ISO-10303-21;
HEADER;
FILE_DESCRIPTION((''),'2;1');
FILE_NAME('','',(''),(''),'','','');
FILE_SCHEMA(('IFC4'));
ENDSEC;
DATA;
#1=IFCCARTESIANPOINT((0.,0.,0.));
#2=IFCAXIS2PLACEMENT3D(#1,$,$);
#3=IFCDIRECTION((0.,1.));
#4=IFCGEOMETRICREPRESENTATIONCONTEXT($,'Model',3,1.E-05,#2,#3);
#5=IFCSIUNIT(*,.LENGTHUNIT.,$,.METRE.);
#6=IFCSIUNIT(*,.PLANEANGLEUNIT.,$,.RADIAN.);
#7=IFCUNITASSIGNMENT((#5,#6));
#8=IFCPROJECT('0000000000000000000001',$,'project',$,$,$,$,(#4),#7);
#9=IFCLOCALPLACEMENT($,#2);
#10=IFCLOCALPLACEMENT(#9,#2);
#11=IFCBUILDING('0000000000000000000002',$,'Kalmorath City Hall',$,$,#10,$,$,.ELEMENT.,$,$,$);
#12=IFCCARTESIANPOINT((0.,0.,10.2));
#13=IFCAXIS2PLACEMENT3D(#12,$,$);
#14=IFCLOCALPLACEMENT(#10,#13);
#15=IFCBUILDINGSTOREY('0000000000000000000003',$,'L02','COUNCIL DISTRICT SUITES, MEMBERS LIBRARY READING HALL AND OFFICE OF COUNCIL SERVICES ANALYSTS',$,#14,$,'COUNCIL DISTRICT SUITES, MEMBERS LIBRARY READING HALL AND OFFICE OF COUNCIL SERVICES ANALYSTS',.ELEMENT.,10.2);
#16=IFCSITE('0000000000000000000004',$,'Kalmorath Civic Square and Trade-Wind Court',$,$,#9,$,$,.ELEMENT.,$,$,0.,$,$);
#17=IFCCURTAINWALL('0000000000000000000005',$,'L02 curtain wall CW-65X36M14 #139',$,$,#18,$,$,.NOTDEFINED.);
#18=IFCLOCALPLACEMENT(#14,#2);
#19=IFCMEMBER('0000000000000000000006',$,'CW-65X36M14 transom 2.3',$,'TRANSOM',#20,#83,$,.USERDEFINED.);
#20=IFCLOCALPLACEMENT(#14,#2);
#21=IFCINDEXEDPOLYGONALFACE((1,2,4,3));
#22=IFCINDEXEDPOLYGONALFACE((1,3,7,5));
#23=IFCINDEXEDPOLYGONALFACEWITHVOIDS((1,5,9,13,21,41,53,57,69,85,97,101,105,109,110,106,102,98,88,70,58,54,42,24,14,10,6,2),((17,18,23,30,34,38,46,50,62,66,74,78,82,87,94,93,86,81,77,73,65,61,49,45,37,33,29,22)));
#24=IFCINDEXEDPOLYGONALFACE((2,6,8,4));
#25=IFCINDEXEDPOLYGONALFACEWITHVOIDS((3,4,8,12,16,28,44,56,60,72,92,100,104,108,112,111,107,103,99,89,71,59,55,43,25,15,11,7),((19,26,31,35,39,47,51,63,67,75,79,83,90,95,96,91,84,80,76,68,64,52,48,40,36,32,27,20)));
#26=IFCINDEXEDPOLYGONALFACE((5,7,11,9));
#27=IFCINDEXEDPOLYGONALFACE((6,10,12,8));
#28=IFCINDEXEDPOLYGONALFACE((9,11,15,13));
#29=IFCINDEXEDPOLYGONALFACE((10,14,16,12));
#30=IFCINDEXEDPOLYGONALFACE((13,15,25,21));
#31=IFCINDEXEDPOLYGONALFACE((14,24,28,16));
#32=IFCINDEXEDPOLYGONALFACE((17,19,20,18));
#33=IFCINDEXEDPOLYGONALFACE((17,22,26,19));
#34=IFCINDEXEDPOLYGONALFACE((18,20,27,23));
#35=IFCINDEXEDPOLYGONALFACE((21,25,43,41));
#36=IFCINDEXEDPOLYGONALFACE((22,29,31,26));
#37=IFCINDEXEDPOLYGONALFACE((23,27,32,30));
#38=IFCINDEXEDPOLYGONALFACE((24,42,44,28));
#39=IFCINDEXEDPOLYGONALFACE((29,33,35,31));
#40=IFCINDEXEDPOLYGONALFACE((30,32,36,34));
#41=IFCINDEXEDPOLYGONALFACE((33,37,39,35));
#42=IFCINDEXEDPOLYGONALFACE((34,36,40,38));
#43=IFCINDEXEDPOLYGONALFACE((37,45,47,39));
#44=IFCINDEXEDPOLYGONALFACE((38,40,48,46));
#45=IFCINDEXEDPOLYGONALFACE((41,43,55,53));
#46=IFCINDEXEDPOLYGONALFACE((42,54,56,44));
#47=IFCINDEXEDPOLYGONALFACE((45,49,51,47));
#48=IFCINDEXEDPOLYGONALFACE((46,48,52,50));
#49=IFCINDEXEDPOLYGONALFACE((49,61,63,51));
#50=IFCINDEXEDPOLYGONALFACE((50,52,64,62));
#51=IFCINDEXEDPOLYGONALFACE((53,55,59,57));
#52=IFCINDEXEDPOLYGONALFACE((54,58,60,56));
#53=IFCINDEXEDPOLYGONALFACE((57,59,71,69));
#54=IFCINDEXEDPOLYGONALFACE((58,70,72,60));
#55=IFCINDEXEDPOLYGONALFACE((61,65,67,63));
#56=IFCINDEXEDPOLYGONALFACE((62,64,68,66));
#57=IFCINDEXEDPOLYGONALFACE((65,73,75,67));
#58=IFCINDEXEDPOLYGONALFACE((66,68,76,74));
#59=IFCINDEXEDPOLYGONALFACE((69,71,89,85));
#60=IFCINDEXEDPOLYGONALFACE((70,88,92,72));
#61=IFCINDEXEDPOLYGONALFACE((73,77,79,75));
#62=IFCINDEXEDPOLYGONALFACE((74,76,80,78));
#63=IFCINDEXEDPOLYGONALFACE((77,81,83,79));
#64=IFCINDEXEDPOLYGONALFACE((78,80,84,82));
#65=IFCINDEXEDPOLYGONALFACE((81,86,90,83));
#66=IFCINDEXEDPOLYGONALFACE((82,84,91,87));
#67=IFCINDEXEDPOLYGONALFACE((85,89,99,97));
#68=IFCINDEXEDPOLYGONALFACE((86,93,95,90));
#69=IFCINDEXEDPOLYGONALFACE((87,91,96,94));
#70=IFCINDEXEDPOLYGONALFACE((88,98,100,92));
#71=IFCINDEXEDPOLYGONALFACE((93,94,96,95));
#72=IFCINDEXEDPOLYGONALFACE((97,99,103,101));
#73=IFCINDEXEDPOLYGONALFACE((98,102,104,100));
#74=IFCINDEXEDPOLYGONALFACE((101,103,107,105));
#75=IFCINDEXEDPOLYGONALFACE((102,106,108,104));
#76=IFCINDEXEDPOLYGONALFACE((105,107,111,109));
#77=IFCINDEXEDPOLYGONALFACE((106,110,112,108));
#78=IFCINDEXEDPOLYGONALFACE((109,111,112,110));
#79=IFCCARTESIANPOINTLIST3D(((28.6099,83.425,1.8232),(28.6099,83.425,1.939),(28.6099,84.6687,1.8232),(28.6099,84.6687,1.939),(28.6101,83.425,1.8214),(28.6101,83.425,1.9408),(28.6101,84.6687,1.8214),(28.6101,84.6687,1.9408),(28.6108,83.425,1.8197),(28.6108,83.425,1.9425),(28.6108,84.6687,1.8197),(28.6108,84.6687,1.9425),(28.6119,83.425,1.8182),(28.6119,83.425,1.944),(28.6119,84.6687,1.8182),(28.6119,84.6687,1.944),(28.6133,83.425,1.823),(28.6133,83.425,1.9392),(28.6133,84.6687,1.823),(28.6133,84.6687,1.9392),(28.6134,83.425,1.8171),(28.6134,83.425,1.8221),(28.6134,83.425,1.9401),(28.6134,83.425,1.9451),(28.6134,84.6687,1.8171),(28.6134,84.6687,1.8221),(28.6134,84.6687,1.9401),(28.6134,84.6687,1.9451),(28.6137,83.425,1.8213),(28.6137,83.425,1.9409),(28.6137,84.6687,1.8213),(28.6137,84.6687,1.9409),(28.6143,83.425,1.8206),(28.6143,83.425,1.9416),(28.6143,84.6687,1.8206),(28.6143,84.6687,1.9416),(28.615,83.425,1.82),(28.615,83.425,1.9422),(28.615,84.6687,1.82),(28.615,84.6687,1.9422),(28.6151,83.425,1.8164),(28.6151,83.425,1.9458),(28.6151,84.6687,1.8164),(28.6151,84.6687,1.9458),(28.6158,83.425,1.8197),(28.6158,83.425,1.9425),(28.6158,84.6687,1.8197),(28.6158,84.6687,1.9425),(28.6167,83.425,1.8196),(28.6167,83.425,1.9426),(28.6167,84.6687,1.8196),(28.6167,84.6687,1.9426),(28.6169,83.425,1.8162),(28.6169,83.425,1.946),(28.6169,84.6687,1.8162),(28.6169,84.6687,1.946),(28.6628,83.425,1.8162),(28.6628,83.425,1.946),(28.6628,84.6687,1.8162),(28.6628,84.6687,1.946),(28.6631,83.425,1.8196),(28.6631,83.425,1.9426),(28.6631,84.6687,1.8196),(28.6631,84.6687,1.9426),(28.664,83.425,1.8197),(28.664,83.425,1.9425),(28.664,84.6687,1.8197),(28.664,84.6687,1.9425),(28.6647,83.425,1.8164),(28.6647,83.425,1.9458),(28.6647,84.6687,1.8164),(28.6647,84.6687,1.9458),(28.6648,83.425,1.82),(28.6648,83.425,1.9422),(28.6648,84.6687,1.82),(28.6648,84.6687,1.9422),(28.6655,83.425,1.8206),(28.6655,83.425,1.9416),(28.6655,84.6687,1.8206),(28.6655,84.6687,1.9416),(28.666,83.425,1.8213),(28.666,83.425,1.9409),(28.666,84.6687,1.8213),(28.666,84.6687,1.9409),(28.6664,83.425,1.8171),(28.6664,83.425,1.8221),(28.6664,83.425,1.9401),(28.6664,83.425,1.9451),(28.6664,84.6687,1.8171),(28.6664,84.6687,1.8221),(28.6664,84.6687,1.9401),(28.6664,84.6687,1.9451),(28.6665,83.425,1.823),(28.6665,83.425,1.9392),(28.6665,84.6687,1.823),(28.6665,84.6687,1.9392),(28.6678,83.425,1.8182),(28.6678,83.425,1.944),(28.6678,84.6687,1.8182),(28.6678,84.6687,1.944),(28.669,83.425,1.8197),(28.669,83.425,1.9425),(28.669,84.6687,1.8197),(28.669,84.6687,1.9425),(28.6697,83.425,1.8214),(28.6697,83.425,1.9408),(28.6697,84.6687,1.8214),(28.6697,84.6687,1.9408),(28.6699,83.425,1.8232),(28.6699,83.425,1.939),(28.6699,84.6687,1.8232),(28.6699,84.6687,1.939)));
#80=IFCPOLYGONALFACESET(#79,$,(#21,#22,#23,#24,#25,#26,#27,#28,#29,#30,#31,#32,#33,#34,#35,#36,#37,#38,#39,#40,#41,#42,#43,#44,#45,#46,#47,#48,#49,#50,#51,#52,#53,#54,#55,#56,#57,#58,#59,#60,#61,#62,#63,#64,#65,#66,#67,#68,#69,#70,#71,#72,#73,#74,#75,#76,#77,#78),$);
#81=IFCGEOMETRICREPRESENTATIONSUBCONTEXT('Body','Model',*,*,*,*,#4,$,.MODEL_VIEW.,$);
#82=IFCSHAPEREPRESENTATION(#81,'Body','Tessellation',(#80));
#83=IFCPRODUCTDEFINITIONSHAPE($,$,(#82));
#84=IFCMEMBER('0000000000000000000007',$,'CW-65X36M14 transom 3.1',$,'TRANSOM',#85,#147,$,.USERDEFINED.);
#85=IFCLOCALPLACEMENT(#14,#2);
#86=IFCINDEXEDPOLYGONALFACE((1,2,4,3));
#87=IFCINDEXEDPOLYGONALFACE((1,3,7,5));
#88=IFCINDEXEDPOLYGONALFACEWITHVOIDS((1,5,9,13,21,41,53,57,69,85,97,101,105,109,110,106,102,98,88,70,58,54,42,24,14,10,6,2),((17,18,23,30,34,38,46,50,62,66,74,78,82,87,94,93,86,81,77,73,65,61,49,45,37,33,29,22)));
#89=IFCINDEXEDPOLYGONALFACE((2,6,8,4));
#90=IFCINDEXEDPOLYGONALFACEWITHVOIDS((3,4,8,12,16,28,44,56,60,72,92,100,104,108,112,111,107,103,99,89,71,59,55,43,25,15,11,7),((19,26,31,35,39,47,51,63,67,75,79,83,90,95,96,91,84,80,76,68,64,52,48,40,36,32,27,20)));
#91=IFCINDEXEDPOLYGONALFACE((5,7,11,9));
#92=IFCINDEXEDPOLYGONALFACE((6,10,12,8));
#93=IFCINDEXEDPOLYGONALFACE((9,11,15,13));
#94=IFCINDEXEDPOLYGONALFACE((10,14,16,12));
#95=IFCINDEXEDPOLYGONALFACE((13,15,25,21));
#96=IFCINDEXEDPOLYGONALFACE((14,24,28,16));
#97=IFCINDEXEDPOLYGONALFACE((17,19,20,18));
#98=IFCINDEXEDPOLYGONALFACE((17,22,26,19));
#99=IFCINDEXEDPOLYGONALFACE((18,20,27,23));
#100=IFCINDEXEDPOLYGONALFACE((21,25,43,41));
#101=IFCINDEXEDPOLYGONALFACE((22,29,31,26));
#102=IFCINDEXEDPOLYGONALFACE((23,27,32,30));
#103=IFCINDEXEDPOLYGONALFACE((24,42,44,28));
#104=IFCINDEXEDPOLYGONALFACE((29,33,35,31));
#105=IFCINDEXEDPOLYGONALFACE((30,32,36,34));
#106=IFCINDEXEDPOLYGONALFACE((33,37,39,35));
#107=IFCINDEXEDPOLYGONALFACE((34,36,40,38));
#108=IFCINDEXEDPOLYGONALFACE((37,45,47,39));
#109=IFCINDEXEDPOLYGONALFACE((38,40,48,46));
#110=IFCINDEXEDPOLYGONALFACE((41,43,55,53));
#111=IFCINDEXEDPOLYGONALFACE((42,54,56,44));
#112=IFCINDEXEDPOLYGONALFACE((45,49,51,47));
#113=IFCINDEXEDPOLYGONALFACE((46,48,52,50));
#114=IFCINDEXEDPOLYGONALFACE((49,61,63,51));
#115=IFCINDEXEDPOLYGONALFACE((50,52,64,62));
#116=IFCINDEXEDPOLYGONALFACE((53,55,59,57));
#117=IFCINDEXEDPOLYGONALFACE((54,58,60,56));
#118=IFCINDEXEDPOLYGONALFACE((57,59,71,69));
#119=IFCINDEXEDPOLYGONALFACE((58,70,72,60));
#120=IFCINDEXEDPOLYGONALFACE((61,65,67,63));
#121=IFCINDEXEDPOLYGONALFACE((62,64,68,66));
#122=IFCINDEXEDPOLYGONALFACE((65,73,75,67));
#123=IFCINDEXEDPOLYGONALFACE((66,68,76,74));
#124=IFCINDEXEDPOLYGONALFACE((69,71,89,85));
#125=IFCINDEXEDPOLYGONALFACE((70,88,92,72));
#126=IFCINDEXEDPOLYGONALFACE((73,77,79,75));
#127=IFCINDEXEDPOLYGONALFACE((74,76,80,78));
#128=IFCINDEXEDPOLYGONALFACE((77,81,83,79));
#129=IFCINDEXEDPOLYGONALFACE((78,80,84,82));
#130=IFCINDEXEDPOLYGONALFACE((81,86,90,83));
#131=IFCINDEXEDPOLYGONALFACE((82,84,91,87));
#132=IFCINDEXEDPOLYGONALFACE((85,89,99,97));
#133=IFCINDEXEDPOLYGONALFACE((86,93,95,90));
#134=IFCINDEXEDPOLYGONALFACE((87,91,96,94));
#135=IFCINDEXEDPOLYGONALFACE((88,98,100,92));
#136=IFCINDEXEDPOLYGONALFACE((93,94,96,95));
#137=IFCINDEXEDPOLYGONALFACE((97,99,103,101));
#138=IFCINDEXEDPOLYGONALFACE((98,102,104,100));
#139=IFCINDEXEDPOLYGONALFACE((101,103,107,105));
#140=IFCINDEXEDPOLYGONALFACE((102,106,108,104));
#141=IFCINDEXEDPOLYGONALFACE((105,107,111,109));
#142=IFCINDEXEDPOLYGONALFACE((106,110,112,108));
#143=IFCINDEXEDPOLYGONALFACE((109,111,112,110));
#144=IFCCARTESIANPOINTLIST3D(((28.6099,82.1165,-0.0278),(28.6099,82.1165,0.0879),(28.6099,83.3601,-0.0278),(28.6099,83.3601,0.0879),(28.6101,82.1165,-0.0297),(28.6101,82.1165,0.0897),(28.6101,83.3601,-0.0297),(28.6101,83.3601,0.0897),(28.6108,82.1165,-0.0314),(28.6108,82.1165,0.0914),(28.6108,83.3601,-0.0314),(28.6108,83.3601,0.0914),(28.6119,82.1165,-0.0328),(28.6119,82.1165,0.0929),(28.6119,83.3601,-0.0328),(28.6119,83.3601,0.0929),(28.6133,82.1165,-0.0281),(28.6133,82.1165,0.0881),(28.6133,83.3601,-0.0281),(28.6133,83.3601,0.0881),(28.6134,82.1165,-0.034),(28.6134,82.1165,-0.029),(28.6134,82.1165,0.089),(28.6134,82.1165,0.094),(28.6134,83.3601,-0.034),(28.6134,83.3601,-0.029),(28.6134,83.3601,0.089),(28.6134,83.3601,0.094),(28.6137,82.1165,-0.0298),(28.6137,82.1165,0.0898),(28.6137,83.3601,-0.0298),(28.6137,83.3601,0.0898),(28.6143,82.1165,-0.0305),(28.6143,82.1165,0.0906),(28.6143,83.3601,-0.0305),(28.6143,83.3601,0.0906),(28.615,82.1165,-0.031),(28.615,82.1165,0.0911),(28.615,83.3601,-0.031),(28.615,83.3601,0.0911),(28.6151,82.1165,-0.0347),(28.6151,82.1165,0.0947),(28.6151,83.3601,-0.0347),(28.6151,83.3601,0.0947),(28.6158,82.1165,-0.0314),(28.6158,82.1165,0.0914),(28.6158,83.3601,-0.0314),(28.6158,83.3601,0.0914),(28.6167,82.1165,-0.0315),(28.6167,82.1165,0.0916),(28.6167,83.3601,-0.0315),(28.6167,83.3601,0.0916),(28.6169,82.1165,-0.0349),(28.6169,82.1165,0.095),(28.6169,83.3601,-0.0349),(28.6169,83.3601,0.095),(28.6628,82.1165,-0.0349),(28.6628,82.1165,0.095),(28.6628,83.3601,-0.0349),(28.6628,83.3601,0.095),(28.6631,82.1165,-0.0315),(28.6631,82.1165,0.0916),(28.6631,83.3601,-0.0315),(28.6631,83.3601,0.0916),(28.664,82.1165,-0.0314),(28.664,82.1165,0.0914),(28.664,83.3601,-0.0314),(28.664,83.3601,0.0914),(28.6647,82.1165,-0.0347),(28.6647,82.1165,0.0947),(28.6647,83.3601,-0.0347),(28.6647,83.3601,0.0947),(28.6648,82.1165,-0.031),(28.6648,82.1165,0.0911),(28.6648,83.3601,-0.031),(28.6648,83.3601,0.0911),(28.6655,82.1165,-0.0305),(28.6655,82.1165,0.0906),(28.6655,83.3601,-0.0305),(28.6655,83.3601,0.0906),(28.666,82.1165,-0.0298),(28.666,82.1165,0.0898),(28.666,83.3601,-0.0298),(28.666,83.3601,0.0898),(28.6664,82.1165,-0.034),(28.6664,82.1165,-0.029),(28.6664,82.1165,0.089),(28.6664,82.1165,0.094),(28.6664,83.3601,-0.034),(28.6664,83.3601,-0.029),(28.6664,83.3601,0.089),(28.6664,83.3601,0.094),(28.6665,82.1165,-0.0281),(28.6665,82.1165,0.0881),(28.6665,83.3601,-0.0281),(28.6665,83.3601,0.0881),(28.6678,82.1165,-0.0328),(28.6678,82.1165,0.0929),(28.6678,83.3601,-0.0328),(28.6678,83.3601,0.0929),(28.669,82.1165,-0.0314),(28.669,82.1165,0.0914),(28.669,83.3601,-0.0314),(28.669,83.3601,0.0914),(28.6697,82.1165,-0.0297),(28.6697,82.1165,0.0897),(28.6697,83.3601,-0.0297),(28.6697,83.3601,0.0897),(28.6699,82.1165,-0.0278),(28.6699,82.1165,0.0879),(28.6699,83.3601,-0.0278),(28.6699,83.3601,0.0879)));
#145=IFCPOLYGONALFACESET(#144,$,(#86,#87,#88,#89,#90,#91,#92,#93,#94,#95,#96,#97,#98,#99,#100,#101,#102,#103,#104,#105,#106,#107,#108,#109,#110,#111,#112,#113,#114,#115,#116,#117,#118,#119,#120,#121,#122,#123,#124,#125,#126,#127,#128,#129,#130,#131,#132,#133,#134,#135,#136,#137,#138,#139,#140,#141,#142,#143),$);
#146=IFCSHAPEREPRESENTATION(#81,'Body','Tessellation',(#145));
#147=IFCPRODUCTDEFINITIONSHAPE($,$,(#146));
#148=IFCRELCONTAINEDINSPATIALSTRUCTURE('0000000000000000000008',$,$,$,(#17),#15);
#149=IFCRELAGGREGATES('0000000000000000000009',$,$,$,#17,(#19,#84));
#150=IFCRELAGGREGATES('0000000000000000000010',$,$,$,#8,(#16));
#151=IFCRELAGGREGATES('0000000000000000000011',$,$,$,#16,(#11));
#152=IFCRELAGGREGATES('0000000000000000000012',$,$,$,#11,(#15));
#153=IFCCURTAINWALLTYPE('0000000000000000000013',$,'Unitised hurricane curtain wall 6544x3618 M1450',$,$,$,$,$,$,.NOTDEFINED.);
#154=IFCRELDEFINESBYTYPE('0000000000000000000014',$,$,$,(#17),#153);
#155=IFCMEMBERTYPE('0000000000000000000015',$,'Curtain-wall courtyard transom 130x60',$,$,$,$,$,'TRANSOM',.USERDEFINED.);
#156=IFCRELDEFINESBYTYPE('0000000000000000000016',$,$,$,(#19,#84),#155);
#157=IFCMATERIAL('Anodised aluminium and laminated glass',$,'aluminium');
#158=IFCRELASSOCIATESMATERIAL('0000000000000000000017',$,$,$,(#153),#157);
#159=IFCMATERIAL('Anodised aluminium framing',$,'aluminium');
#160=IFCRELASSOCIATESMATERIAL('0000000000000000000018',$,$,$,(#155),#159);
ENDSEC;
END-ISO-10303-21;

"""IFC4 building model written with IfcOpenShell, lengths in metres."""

from ifc_helpers import new_model, si_unit, direction, frame, origin, origin_2d, place, context, subcontext, project, spatial, hollow_rectangle, extrude, material, material_profile, profile_set, type_object, element, aggregate, save


model = new_model("IFC4")

# Units and contexts
model_context = context("Model", 3, precision=1e-05, world=origin(), true_north=direction((0.0, 1.0)))
body_context = subcontext(model_context, "Body", "Model", "MODEL_VIEW")
ifc_project = project(units=[si_unit("LENGTHUNIT", "METRE"), si_unit("PLANEANGLEUNIT", "RADIAN")], contexts=[model_context])

# Site, building, storey
site_placement = place(None, origin())
site = spatial("IfcSite", under=ifc_project, at=site_placement, Name="Kalmorath Civic Square and Trade-Wind Court", CompositionType="ELEMENT", RefElevation=0.0)
building_placement = place(site_placement, origin())
building = spatial("IfcBuilding", under=site, at=building_placement, Name="Kalmorath City Hall", CompositionType="ELEMENT")
storey_placement = place(building_placement, frame((0.0, 0.0, 10.2)))
storey = spatial("IfcBuildingStorey", under=building, at=storey_placement, Name="L02", Description="COUNCIL DISTRICT SUITES, MEMBERS LIBRARY READING HALL AND OFFICE OF COUNCIL SERVICES ANALYSTS", LongName="COUNCIL DISTRICT SUITES, MEMBERS LIBRARY READING HALL AND OFFICE OF COUNCIL SERVICES ANALYSTS", CompositionType="ELEMENT", Elevation=10.2)

# Curtain wall, members
ifc_material_1 = material(Name="Anodised aluminium and laminated glass", Category="aluminium")
curtain_wall_type = type_object("IfcCurtainWallType", Name="Unitised hurricane curtain wall 6544x3618 M1450", PredefinedType="NOTDEFINED", material=ifc_material_1)
curtain_wall_placement = place(storey_placement, origin())
curtain_wall = element("IfcCurtainWall", 1, at=curtain_wall_placement, inside=storey, type_object=curtain_wall_type, Name="L02 curtain wall CW-65X36M14 #139", PredefinedType="NOTDEFINED")
ifc_material_2 = material(Name="Anodised aluminium framing", Category="aluminium")
ifc_material_profile_1 = material_profile(ifc_material_2, hollow_rectangle(XDim=0.0601, YDim=0.1299, WallThickness=0.0034, InnerFilletRadius=0.0034, OuterFilletRadius=0.0071, at=origin_2d()), Name="ALU-TRN-130X60X3.5")
ifc_profile_set_1 = profile_set([ifc_material_profile_1], Name="Anodised aluminium framing")
member_type_1 = type_object("IfcMemberType", Name="Curtain-wall courtyard transom 130x60", ElementType="TRANSOM", PredefinedType="USERDEFINED", material=ifc_profile_set_1)
member_1_placement = place(storey_placement, frame((28.6399, 84.6687, 1.8811), z_axis=(0.0, -1.0, 0.0), x_axis=(1.0, 0.0, 0.0)))
member_1 = element("IfcMember", 2, at=member_1_placement, type_object=member_type_1, Name="CW-65X36M14 transom 2.3", ObjectType="TRANSOM", PredefinedType="USERDEFINED", context=body_context, shape_type="SweptSolid", body=[
    extrude(hollow_rectangle(XDim=0.0601, YDim=0.1299, WallThickness=0.0034, InnerFilletRadius=0.0034, OuterFilletRadius=0.0071, at=origin_2d()), origin(), (0.0, 0.0, 1.0), 1.2437),
])
member_2_placement = place(storey_placement, frame((28.6399, 83.3601, 0.03), z_axis=(0.0, -1.0, 0.0), x_axis=(1.0, 0.0, 0.0)))
member_2 = element("IfcMember", 3, at=member_2_placement, type_object=member_type_1, Name="CW-65X36M14 transom 3.1", ObjectType="TRANSOM", PredefinedType="USERDEFINED", context=body_context, shape_type="SweptSolid", body=[
    extrude(hollow_rectangle(XDim=0.0601, YDim=0.1299, WallThickness=0.0034, InnerFilletRadius=0.0034, OuterFilletRadius=0.0071, at=origin_2d()), origin(), (0.0, 0.0, 1.0), 1.2437),
])

aggregate(curtain_wall, [member_1, member_2])

save(model, "model.ifc")
